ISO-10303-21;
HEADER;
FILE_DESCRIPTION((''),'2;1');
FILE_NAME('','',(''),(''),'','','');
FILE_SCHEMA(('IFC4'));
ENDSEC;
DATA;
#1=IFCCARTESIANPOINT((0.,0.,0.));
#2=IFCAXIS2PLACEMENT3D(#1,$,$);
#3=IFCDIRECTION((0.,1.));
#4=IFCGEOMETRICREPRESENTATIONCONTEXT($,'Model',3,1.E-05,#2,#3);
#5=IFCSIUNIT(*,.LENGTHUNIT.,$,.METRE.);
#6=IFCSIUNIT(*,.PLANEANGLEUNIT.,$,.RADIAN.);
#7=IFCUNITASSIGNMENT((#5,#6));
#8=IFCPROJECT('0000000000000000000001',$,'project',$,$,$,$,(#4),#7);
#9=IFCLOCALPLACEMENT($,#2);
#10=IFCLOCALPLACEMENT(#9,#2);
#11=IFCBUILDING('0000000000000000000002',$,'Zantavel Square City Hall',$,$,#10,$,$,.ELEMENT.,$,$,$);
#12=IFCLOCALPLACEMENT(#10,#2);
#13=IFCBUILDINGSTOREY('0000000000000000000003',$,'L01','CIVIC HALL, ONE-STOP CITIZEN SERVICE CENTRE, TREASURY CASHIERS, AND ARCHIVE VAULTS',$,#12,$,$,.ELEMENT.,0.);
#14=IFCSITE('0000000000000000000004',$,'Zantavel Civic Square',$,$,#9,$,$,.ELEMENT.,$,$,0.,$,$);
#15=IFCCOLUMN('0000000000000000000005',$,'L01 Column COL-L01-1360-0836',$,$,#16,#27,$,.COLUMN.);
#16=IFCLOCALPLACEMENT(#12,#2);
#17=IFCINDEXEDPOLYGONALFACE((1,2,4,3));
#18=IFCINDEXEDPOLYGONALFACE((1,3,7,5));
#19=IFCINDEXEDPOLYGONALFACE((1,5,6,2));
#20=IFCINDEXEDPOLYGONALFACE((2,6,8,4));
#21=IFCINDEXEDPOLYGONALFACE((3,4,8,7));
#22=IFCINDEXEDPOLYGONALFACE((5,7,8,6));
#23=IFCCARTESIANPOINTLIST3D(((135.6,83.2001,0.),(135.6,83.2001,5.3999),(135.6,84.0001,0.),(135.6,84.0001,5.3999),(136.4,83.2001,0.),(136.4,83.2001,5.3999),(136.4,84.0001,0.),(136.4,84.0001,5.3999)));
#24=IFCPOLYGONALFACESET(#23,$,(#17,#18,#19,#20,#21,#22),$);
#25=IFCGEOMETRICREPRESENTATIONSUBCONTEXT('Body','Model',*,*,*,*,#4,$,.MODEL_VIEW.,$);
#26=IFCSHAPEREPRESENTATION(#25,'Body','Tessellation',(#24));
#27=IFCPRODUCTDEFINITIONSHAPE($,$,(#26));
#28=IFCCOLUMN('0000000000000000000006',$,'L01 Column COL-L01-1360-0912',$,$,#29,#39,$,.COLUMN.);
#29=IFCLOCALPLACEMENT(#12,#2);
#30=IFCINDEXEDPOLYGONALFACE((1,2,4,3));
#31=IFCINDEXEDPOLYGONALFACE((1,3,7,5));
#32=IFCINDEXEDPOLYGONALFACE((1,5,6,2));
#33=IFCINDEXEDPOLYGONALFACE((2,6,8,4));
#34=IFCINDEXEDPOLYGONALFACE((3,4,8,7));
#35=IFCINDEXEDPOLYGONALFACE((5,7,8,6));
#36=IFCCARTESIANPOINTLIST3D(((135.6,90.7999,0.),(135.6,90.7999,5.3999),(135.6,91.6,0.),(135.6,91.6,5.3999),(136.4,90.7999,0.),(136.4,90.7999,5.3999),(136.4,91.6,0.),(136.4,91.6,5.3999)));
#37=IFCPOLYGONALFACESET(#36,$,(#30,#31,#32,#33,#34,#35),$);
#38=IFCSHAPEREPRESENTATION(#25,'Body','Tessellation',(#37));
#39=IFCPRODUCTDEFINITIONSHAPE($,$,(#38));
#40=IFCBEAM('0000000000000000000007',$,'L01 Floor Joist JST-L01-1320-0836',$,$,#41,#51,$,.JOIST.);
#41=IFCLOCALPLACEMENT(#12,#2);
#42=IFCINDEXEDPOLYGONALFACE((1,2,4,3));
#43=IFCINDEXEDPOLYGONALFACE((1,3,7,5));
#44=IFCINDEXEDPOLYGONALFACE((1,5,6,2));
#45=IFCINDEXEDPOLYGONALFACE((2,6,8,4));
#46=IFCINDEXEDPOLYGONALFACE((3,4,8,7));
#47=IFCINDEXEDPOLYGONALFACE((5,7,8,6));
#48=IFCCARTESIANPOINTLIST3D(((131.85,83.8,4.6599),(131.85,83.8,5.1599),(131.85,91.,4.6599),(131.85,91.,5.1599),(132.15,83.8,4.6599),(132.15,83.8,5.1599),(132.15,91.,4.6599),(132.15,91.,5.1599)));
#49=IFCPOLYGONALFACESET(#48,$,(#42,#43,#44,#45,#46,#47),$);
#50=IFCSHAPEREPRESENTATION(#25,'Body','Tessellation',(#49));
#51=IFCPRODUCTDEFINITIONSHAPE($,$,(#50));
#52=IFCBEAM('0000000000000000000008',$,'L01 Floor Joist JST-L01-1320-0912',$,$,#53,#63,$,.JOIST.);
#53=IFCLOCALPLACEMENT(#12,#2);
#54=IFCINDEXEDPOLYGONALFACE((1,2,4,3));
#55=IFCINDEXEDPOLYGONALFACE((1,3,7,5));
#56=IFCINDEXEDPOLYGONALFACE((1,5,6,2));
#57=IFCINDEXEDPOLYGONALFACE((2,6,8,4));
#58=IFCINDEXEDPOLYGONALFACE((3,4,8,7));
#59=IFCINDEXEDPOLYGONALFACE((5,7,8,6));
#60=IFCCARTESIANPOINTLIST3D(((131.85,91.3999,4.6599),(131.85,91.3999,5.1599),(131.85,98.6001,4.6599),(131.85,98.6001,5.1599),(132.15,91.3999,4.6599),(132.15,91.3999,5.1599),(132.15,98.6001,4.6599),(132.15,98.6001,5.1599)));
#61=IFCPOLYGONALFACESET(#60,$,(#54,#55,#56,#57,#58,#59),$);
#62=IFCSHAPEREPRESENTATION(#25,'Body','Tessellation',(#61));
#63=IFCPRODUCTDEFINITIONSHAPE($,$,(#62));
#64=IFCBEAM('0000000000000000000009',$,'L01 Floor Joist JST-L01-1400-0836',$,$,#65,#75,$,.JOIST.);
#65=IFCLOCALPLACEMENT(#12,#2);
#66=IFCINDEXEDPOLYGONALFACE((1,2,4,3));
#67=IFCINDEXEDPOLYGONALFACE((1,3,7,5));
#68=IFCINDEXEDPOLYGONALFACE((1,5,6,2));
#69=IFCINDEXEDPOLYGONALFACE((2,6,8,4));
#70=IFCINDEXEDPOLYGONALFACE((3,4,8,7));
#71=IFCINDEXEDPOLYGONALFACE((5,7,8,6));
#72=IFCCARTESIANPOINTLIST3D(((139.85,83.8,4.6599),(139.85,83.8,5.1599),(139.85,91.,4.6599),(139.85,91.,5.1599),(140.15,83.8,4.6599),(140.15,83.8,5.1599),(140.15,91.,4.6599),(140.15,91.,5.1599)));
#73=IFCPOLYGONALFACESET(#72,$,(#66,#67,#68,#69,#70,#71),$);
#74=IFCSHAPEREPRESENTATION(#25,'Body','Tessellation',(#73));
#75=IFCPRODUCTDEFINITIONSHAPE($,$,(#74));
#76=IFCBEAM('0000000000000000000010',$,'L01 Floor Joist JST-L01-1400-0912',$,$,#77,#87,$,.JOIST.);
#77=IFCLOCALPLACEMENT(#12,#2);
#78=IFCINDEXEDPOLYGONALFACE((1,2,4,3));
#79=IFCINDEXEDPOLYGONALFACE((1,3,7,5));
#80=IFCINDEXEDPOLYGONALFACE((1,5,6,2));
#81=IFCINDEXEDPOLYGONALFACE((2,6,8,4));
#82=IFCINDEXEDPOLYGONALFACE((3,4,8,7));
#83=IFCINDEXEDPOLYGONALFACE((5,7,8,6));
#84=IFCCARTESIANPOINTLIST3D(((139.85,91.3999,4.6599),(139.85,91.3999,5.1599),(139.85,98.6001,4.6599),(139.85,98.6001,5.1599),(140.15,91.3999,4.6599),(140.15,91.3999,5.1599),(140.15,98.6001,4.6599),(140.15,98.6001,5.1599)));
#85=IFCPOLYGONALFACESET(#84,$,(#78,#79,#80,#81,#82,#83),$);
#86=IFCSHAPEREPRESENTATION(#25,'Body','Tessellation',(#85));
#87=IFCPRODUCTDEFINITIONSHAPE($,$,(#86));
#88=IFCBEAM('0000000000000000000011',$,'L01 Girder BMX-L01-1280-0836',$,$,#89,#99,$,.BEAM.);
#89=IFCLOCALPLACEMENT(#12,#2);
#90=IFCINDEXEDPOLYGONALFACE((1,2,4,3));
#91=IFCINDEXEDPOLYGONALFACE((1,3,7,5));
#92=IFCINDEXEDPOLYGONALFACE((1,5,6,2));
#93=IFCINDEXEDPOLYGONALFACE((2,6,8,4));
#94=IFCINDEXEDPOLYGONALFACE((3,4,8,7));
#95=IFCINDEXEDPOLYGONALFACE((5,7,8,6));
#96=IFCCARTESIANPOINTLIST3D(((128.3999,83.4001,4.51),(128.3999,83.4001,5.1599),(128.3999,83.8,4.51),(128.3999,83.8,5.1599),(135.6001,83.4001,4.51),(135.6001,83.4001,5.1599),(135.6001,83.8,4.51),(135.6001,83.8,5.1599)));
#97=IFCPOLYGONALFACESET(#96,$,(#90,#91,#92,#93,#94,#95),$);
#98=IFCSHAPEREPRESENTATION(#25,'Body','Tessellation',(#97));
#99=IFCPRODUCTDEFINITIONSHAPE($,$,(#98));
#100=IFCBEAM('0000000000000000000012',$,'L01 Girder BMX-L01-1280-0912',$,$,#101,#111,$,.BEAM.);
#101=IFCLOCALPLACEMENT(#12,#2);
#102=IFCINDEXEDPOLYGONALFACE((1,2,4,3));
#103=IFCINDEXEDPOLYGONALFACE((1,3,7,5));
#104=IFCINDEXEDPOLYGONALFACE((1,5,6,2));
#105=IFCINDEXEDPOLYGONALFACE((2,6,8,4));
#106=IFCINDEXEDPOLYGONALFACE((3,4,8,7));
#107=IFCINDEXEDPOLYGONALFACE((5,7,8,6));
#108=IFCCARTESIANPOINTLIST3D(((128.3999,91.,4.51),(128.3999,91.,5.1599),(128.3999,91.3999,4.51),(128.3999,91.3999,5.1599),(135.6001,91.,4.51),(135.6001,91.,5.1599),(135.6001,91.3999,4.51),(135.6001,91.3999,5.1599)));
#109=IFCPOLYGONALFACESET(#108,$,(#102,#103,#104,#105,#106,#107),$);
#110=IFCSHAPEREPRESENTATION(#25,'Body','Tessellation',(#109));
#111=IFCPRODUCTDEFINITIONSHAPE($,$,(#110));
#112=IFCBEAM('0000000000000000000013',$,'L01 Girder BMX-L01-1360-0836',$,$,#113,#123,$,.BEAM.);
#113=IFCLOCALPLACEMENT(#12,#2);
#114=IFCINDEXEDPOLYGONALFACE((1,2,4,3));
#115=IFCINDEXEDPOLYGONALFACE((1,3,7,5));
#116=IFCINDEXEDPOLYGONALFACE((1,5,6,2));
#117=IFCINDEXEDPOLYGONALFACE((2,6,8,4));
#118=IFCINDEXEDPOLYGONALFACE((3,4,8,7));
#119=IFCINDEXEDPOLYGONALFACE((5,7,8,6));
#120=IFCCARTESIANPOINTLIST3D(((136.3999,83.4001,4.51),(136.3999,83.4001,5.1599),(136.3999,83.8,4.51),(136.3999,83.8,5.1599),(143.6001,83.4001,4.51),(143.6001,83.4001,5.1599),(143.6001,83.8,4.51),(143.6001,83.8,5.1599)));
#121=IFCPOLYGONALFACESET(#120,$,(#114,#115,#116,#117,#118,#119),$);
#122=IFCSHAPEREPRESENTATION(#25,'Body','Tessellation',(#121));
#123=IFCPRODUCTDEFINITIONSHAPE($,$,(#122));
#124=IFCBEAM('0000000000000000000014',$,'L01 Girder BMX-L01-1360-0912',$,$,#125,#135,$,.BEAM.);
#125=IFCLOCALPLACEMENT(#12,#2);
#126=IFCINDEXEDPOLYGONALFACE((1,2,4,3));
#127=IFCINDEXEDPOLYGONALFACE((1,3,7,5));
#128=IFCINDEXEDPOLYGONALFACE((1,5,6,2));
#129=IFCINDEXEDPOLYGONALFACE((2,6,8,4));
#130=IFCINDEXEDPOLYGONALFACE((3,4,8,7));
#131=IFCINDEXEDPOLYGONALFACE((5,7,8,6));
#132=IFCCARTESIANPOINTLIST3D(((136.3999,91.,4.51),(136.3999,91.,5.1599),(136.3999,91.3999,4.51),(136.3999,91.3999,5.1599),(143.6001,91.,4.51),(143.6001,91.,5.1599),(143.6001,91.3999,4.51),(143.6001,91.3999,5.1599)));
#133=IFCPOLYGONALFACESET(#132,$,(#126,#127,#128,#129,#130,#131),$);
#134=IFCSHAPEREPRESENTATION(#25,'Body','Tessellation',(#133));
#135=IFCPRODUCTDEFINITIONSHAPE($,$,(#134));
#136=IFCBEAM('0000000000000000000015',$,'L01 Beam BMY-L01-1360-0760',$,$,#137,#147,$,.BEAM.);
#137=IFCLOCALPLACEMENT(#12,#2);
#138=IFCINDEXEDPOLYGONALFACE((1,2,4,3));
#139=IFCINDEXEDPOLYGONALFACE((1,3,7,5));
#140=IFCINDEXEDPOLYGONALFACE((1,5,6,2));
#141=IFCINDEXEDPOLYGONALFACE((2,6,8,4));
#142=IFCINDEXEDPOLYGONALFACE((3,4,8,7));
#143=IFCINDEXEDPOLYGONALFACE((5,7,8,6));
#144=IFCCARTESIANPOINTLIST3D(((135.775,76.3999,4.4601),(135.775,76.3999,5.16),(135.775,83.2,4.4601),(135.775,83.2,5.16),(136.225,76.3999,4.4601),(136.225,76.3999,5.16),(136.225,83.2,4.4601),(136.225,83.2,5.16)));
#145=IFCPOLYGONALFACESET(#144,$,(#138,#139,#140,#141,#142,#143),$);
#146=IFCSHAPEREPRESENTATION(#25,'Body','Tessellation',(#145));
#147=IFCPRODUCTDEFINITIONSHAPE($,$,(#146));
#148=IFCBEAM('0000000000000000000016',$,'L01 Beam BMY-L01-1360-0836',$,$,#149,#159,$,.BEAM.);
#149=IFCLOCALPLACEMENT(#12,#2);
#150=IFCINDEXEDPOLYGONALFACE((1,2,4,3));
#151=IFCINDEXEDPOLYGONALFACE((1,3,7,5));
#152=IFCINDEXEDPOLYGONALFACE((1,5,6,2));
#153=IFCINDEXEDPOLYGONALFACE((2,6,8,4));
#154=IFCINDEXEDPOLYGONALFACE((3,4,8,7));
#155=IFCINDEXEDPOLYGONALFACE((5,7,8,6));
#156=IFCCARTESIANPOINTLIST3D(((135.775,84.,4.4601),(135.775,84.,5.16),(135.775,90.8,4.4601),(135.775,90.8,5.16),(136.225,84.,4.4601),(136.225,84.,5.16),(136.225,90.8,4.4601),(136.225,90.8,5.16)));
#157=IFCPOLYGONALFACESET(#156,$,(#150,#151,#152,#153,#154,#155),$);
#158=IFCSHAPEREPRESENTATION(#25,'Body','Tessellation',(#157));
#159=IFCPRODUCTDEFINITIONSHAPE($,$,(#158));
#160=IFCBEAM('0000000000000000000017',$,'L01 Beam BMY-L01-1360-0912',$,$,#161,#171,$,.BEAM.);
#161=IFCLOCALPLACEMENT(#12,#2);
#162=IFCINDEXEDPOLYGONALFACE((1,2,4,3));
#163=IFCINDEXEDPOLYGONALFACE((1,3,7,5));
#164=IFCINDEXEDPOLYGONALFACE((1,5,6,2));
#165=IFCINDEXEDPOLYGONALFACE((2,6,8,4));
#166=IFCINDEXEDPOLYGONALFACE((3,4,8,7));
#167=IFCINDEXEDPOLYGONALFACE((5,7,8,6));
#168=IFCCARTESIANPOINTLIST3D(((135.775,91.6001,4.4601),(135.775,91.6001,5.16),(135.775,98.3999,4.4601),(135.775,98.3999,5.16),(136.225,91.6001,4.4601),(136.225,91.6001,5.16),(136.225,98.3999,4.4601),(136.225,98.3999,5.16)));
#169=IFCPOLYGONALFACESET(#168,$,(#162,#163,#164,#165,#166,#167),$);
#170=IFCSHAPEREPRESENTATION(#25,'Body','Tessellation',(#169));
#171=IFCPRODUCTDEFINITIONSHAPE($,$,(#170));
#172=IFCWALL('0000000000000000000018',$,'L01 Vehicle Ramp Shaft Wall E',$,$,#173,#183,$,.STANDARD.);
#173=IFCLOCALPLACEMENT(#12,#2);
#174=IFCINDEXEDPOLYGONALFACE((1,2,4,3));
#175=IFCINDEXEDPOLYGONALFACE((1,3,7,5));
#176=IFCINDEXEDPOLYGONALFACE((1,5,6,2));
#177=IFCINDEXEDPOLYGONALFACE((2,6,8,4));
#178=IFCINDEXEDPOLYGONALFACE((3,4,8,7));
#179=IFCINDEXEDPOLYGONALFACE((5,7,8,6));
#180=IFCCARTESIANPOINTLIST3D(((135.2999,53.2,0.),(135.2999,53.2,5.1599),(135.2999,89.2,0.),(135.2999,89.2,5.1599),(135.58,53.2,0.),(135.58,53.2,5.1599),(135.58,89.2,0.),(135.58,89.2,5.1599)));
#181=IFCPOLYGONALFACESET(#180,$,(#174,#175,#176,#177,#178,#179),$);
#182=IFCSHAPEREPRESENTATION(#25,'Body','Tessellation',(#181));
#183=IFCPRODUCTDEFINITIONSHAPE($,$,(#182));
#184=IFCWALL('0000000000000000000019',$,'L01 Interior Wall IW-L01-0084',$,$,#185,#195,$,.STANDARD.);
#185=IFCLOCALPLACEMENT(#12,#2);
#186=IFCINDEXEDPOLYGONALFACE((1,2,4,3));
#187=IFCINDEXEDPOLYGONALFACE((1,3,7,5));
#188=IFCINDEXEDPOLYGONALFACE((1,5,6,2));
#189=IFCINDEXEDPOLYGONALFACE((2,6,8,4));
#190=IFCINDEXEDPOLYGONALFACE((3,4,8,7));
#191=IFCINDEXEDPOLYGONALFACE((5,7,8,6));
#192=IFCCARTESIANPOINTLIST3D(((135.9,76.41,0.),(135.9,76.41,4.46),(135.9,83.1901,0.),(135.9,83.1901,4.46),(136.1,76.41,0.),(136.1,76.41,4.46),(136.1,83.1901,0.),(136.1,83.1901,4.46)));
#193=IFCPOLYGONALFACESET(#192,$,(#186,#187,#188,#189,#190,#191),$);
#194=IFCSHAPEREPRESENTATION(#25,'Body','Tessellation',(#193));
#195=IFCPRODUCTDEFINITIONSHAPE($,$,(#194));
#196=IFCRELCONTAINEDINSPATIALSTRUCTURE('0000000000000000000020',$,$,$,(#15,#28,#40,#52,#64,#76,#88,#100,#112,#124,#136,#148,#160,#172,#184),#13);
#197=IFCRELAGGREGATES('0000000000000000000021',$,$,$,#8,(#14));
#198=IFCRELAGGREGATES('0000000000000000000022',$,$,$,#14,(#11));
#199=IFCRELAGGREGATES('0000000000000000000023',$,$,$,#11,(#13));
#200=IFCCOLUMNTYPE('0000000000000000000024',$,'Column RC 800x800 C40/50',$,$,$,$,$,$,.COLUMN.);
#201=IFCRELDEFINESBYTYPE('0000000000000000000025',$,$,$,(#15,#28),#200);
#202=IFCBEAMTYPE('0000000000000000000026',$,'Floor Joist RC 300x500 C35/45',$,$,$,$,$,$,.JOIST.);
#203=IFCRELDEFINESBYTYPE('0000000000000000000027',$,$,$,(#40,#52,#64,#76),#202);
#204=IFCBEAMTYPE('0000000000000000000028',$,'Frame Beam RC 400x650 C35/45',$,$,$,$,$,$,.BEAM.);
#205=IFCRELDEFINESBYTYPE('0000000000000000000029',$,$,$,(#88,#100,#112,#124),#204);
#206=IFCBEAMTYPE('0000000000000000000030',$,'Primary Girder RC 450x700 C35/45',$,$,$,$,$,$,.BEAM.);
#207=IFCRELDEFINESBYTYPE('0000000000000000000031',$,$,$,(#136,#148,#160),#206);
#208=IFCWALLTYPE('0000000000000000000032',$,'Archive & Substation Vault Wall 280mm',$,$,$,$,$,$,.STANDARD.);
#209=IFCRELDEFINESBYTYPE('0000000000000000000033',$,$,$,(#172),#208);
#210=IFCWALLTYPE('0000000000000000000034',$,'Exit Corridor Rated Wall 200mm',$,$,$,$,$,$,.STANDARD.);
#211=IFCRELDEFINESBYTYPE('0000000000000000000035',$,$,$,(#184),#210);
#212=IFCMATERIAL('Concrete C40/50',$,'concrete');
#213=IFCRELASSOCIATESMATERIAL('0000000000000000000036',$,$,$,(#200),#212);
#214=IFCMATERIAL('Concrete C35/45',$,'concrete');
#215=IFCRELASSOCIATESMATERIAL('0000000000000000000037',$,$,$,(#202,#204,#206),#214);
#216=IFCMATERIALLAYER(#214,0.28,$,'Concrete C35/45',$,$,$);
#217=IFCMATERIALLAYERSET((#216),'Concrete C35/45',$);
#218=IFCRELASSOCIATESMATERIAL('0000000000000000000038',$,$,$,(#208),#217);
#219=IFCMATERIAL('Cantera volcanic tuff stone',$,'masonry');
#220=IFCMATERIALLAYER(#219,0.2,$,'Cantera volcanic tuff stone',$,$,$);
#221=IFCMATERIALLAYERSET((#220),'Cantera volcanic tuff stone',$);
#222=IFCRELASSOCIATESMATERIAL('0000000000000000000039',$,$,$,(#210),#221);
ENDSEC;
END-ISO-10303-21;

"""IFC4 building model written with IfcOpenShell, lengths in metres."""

from ifc_helpers import new_model, si_unit, direction, frame, frame_2d, origin, origin_2d, place, context, subcontext, project, spatial, rectangle, extrude, material, layer, layer_set, material_profile, profile_set, type_object, element, save


model = new_model("IFC4")

# Units and contexts
model_context = context("Model", 3, precision=1e-05, world=origin(), true_north=direction((0.0, 1.0)))
body_context = subcontext(model_context, "Body", "Model", "MODEL_VIEW")
ifc_project = project(units=[si_unit("LENGTHUNIT", "METRE"), si_unit("PLANEANGLEUNIT", "RADIAN")], contexts=[model_context])

# Site, building, storey
site_placement = place(None, origin())
site = spatial("IfcSite", under=ifc_project, at=site_placement, Name="Zantavel Civic Square", CompositionType="ELEMENT", RefElevation=0.0)
building_placement = place(site_placement, origin())
building = spatial("IfcBuilding", under=site, at=building_placement, Name="Zantavel Square City Hall", CompositionType="ELEMENT")
storey_placement = place(building_placement, origin())
storey = spatial("IfcBuildingStorey", under=building, at=storey_placement, Name="L01", Description="CIVIC HALL, ONE-STOP CITIZEN SERVICE CENTRE, TREASURY CASHIERS, AND ARCHIVE VAULTS", CompositionType="ELEMENT", Elevation=0.0)

# Columns
ifc_material_1 = material(Name="Concrete C40/50", Category="concrete")
ifc_material_profile_1 = material_profile(ifc_material_1, rectangle(XDim=0.8, YDim=0.8, at=origin_2d()), Name="RC 800x800")
ifc_profile_set_1 = profile_set([ifc_material_profile_1], Name="Concrete C40/50")
column_type = type_object("IfcColumnType", Name="Column RC 800x800 C40/50", PredefinedType="COLUMN", material=ifc_profile_set_1)
for number, where, z_axis, x_axis, name in (
    (1, (136.0, 83.6001, 0.0), (0.0, 0.0, 1.0), (1.0, 0.0, 0.0), "L01 Column COL-L01-1360-0836"),
    (2, (136.0, 91.2, 0.0), (0.0, 0.0, 1.0), (1.0, 0.0, 0.0), "L01 Column COL-L01-1360-0912"),
):
    element("IfcColumn", number, at=place(storey_placement, frame(where, z_axis=z_axis, x_axis=x_axis)), inside=storey, type_object=column_type, Name=name, PredefinedType="COLUMN", context=body_context, shape_type="SweptSolid", body=[
        extrude(rectangle(XDim=0.8, YDim=0.8, at=origin_2d()), origin(), (0.0, 0.0, 1.0), 5.3999),
    ])

# Beams
ifc_material_2 = material(Name="Concrete C35/45", Category="concrete")
ifc_material_profile_2 = material_profile(ifc_material_2, rectangle(XDim=0.3, YDim=0.5, at=origin_2d()), Name="RC 300x500")
ifc_profile_set_2 = profile_set([ifc_material_profile_2], Name="Concrete C35/45")
beam_type_1 = type_object("IfcBeamType", Name="Floor Joist RC 300x500 C35/45", PredefinedType="JOIST", material=ifc_profile_set_2)
beam_1_placement = place(storey_placement, frame((132.0, 83.8, 4.9099), z_axis=(0.0, 1.0, 0.0), x_axis=(-1.0, 0.0, 0.0)))
element("IfcBeam", 3, at=beam_1_placement, inside=storey, type_object=beam_type_1, Name="L01 Floor Joist JST-L01-1320-0836", PredefinedType="JOIST", context=body_context, shape_type="SweptSolid", body=[
    extrude(rectangle(XDim=0.3, YDim=0.5, at=origin_2d()), origin(), (0.0, 0.0, 1.0), 7.2),
])
beam_2_placement = place(storey_placement, frame((132.0, 91.3999, 4.9099), z_axis=(0.0, 1.0, 0.0), x_axis=(-1.0, 0.0, 0.0)))
element("IfcBeam", 4, at=beam_2_placement, inside=storey, type_object=beam_type_1, Name="L01 Floor Joist JST-L01-1320-0912", PredefinedType="JOIST", context=body_context, shape_type="SweptSolid", body=[
    extrude(rectangle(XDim=0.3, YDim=0.5, at=origin_2d()), origin(), (0.0, 0.0, 1.0), 7.2002),
])
beam_3_placement = place(storey_placement, frame((140.0, 83.8, 4.9099), z_axis=(0.0, 1.0, 0.0), x_axis=(-1.0, 0.0, 0.0)))
element("IfcBeam", 5, at=beam_3_placement, inside=storey, type_object=beam_type_1, Name="L01 Floor Joist JST-L01-1400-0836", PredefinedType="JOIST", context=body_context, shape_type="SweptSolid", body=[
    extrude(rectangle(XDim=0.3, YDim=0.5, at=origin_2d()), origin(), (0.0, 0.0, 1.0), 7.2),
])
beam_4_placement = place(storey_placement, frame((140.0, 91.3999, 4.9099), z_axis=(0.0, 1.0, 0.0), x_axis=(-1.0, 0.0, 0.0)))
element("IfcBeam", 6, at=beam_4_placement, inside=storey, type_object=beam_type_1, Name="L01 Floor Joist JST-L01-1400-0912", PredefinedType="JOIST", context=body_context, shape_type="SweptSolid", body=[
    extrude(rectangle(XDim=0.3, YDim=0.5, at=origin_2d()), origin(), (0.0, 0.0, 1.0), 7.2002),
])
ifc_material_profile_3 = material_profile(ifc_material_2, rectangle(XDim=0.3999, YDim=0.6499, at=origin_2d()), Name="RC 400x650")
ifc_profile_set_3 = profile_set([ifc_material_profile_3], Name="Concrete C35/45")
beam_type_2 = type_object("IfcBeamType", Name="Frame Beam RC 400x650 C35/45", PredefinedType="BEAM", material=ifc_profile_set_3)
for number, where, z_axis, x_axis, name in (
    (7, (128.3999, 83.6001, 4.835), (1.0, 0.0, 0.0), (0.0, 1.0, 0.0), "L01 Girder BMX-L01-1280-0836"),
    (8, (128.3999, 91.2, 4.835), (1.0, 0.0, 0.0), (0.0, 1.0, 0.0), "L01 Girder BMX-L01-1280-0912"),
    (9, (136.3999, 83.6001, 4.835), (1.0, 0.0, 0.0), (0.0, 1.0, 0.0), "L01 Girder BMX-L01-1360-0836"),
    (10, (136.3999, 91.2, 4.835), (1.0, 0.0, 0.0), (0.0, 1.0, 0.0), "L01 Girder BMX-L01-1360-0912"),
):
    element("IfcBeam", number, at=place(storey_placement, frame(where, z_axis=z_axis, x_axis=x_axis)), inside=storey, type_object=beam_type_2, Name=name, PredefinedType="BEAM", context=body_context, shape_type="SweptSolid", body=[
        extrude(rectangle(XDim=0.3999, YDim=0.6499, at=origin_2d()), origin(), (0.0, 0.0, 1.0), 7.2002),
    ])
ifc_material_profile_4 = material_profile(ifc_material_2, rectangle(XDim=0.45, YDim=0.7, at=origin_2d()), Name="RC 450x700")
ifc_profile_set_4 = profile_set([ifc_material_profile_4], Name="Concrete C35/45")
beam_type_3 = type_object("IfcBeamType", Name="Primary Girder RC 450x700 C35/45", PredefinedType="BEAM", material=ifc_profile_set_4)
for number, where, z_axis, x_axis, name in (
    (11, (136.0, 76.3999, 4.8101), (0.0, 1.0, 0.0), (-1.0, 0.0, 0.0), "L01 Beam BMY-L01-1360-0760"),
    (12, (136.0, 84.0, 4.8101), (0.0, 1.0, 0.0), (-1.0, 0.0, 0.0), "L01 Beam BMY-L01-1360-0836"),
):
    element("IfcBeam", number, at=place(storey_placement, frame(where, z_axis=z_axis, x_axis=x_axis)), inside=storey, type_object=beam_type_3, Name=name, PredefinedType="BEAM", context=body_context, shape_type="SweptSolid", body=[
        extrude(rectangle(XDim=0.45, YDim=0.7, at=origin_2d()), origin(), (0.0, 0.0, 1.0), 6.8),
    ])
beam_5_placement = place(storey_placement, frame((136.0, 91.6001, 4.8101), z_axis=(0.0, 1.0, 0.0), x_axis=(-1.0, 0.0, 0.0)))
element("IfcBeam", 13, at=beam_5_placement, inside=storey, type_object=beam_type_3, Name="L01 Beam BMY-L01-1360-0912", PredefinedType="BEAM", context=body_context, shape_type="SweptSolid", body=[
    extrude(rectangle(XDim=0.45, YDim=0.7, at=origin_2d()), origin(), (0.0, 0.0, 1.0), 6.7998),
])

# Walls
ifc_layer_1 = layer(ifc_material_2, 0.28, Name="Concrete C35/45")
ifc_layer_set_1 = layer_set([ifc_layer_1], Name="Concrete C35/45")
wall_type_1 = type_object("IfcWallType", Name="Archive & Substation Vault Wall 280mm", PredefinedType="STANDARD", material=ifc_layer_set_1)
wall_1_placement = place(storey_placement, frame((135.4399, 89.2, 0.0), z_axis=(0.0, 0.0, 1.0), x_axis=(0.0, -1.0, 0.0)))
element("IfcWall", 14, at=wall_1_placement, inside=storey, type_object=wall_type_1, Name="L01 Vehicle Ramp Shaft Wall E", PredefinedType="STANDARD", context=body_context, shape_type="SweptSolid", body=[
    extrude(rectangle(XDim=36.0, YDim=0.28, at=frame_2d((18.0, 0.0))), origin(), (0.0, 0.0, 1.0), 5.1599),
])
ifc_material_3 = material(Name="Cantera volcanic tuff stone", Category="masonry")
ifc_layer_2 = layer(ifc_material_3, 0.2, Name="Cantera volcanic tuff stone")
ifc_layer_set_2 = layer_set([ifc_layer_2], Name="Cantera volcanic tuff stone")
wall_type_2 = type_object("IfcWallType", Name="Exit Corridor Rated Wall 200mm", PredefinedType="STANDARD", material=ifc_layer_set_2)
wall_2_placement = place(storey_placement, frame((136.0, 76.4099, 0.0), z_axis=(0.0, 0.0, 1.0), x_axis=(0.0, 1.0, 0.0)))
element("IfcWall", 15, at=wall_2_placement, inside=storey, type_object=wall_type_2, Name="L01 Interior Wall IW-L01-0084", PredefinedType="STANDARD", context=body_context, shape_type="SweptSolid", body=[
    extrude(rectangle(XDim=6.78, YDim=0.2, at=frame_2d((3.3901, 0.0))), origin(), (0.0, 0.0, 1.0), 4.46),
])

save(model, "model.ifc")
